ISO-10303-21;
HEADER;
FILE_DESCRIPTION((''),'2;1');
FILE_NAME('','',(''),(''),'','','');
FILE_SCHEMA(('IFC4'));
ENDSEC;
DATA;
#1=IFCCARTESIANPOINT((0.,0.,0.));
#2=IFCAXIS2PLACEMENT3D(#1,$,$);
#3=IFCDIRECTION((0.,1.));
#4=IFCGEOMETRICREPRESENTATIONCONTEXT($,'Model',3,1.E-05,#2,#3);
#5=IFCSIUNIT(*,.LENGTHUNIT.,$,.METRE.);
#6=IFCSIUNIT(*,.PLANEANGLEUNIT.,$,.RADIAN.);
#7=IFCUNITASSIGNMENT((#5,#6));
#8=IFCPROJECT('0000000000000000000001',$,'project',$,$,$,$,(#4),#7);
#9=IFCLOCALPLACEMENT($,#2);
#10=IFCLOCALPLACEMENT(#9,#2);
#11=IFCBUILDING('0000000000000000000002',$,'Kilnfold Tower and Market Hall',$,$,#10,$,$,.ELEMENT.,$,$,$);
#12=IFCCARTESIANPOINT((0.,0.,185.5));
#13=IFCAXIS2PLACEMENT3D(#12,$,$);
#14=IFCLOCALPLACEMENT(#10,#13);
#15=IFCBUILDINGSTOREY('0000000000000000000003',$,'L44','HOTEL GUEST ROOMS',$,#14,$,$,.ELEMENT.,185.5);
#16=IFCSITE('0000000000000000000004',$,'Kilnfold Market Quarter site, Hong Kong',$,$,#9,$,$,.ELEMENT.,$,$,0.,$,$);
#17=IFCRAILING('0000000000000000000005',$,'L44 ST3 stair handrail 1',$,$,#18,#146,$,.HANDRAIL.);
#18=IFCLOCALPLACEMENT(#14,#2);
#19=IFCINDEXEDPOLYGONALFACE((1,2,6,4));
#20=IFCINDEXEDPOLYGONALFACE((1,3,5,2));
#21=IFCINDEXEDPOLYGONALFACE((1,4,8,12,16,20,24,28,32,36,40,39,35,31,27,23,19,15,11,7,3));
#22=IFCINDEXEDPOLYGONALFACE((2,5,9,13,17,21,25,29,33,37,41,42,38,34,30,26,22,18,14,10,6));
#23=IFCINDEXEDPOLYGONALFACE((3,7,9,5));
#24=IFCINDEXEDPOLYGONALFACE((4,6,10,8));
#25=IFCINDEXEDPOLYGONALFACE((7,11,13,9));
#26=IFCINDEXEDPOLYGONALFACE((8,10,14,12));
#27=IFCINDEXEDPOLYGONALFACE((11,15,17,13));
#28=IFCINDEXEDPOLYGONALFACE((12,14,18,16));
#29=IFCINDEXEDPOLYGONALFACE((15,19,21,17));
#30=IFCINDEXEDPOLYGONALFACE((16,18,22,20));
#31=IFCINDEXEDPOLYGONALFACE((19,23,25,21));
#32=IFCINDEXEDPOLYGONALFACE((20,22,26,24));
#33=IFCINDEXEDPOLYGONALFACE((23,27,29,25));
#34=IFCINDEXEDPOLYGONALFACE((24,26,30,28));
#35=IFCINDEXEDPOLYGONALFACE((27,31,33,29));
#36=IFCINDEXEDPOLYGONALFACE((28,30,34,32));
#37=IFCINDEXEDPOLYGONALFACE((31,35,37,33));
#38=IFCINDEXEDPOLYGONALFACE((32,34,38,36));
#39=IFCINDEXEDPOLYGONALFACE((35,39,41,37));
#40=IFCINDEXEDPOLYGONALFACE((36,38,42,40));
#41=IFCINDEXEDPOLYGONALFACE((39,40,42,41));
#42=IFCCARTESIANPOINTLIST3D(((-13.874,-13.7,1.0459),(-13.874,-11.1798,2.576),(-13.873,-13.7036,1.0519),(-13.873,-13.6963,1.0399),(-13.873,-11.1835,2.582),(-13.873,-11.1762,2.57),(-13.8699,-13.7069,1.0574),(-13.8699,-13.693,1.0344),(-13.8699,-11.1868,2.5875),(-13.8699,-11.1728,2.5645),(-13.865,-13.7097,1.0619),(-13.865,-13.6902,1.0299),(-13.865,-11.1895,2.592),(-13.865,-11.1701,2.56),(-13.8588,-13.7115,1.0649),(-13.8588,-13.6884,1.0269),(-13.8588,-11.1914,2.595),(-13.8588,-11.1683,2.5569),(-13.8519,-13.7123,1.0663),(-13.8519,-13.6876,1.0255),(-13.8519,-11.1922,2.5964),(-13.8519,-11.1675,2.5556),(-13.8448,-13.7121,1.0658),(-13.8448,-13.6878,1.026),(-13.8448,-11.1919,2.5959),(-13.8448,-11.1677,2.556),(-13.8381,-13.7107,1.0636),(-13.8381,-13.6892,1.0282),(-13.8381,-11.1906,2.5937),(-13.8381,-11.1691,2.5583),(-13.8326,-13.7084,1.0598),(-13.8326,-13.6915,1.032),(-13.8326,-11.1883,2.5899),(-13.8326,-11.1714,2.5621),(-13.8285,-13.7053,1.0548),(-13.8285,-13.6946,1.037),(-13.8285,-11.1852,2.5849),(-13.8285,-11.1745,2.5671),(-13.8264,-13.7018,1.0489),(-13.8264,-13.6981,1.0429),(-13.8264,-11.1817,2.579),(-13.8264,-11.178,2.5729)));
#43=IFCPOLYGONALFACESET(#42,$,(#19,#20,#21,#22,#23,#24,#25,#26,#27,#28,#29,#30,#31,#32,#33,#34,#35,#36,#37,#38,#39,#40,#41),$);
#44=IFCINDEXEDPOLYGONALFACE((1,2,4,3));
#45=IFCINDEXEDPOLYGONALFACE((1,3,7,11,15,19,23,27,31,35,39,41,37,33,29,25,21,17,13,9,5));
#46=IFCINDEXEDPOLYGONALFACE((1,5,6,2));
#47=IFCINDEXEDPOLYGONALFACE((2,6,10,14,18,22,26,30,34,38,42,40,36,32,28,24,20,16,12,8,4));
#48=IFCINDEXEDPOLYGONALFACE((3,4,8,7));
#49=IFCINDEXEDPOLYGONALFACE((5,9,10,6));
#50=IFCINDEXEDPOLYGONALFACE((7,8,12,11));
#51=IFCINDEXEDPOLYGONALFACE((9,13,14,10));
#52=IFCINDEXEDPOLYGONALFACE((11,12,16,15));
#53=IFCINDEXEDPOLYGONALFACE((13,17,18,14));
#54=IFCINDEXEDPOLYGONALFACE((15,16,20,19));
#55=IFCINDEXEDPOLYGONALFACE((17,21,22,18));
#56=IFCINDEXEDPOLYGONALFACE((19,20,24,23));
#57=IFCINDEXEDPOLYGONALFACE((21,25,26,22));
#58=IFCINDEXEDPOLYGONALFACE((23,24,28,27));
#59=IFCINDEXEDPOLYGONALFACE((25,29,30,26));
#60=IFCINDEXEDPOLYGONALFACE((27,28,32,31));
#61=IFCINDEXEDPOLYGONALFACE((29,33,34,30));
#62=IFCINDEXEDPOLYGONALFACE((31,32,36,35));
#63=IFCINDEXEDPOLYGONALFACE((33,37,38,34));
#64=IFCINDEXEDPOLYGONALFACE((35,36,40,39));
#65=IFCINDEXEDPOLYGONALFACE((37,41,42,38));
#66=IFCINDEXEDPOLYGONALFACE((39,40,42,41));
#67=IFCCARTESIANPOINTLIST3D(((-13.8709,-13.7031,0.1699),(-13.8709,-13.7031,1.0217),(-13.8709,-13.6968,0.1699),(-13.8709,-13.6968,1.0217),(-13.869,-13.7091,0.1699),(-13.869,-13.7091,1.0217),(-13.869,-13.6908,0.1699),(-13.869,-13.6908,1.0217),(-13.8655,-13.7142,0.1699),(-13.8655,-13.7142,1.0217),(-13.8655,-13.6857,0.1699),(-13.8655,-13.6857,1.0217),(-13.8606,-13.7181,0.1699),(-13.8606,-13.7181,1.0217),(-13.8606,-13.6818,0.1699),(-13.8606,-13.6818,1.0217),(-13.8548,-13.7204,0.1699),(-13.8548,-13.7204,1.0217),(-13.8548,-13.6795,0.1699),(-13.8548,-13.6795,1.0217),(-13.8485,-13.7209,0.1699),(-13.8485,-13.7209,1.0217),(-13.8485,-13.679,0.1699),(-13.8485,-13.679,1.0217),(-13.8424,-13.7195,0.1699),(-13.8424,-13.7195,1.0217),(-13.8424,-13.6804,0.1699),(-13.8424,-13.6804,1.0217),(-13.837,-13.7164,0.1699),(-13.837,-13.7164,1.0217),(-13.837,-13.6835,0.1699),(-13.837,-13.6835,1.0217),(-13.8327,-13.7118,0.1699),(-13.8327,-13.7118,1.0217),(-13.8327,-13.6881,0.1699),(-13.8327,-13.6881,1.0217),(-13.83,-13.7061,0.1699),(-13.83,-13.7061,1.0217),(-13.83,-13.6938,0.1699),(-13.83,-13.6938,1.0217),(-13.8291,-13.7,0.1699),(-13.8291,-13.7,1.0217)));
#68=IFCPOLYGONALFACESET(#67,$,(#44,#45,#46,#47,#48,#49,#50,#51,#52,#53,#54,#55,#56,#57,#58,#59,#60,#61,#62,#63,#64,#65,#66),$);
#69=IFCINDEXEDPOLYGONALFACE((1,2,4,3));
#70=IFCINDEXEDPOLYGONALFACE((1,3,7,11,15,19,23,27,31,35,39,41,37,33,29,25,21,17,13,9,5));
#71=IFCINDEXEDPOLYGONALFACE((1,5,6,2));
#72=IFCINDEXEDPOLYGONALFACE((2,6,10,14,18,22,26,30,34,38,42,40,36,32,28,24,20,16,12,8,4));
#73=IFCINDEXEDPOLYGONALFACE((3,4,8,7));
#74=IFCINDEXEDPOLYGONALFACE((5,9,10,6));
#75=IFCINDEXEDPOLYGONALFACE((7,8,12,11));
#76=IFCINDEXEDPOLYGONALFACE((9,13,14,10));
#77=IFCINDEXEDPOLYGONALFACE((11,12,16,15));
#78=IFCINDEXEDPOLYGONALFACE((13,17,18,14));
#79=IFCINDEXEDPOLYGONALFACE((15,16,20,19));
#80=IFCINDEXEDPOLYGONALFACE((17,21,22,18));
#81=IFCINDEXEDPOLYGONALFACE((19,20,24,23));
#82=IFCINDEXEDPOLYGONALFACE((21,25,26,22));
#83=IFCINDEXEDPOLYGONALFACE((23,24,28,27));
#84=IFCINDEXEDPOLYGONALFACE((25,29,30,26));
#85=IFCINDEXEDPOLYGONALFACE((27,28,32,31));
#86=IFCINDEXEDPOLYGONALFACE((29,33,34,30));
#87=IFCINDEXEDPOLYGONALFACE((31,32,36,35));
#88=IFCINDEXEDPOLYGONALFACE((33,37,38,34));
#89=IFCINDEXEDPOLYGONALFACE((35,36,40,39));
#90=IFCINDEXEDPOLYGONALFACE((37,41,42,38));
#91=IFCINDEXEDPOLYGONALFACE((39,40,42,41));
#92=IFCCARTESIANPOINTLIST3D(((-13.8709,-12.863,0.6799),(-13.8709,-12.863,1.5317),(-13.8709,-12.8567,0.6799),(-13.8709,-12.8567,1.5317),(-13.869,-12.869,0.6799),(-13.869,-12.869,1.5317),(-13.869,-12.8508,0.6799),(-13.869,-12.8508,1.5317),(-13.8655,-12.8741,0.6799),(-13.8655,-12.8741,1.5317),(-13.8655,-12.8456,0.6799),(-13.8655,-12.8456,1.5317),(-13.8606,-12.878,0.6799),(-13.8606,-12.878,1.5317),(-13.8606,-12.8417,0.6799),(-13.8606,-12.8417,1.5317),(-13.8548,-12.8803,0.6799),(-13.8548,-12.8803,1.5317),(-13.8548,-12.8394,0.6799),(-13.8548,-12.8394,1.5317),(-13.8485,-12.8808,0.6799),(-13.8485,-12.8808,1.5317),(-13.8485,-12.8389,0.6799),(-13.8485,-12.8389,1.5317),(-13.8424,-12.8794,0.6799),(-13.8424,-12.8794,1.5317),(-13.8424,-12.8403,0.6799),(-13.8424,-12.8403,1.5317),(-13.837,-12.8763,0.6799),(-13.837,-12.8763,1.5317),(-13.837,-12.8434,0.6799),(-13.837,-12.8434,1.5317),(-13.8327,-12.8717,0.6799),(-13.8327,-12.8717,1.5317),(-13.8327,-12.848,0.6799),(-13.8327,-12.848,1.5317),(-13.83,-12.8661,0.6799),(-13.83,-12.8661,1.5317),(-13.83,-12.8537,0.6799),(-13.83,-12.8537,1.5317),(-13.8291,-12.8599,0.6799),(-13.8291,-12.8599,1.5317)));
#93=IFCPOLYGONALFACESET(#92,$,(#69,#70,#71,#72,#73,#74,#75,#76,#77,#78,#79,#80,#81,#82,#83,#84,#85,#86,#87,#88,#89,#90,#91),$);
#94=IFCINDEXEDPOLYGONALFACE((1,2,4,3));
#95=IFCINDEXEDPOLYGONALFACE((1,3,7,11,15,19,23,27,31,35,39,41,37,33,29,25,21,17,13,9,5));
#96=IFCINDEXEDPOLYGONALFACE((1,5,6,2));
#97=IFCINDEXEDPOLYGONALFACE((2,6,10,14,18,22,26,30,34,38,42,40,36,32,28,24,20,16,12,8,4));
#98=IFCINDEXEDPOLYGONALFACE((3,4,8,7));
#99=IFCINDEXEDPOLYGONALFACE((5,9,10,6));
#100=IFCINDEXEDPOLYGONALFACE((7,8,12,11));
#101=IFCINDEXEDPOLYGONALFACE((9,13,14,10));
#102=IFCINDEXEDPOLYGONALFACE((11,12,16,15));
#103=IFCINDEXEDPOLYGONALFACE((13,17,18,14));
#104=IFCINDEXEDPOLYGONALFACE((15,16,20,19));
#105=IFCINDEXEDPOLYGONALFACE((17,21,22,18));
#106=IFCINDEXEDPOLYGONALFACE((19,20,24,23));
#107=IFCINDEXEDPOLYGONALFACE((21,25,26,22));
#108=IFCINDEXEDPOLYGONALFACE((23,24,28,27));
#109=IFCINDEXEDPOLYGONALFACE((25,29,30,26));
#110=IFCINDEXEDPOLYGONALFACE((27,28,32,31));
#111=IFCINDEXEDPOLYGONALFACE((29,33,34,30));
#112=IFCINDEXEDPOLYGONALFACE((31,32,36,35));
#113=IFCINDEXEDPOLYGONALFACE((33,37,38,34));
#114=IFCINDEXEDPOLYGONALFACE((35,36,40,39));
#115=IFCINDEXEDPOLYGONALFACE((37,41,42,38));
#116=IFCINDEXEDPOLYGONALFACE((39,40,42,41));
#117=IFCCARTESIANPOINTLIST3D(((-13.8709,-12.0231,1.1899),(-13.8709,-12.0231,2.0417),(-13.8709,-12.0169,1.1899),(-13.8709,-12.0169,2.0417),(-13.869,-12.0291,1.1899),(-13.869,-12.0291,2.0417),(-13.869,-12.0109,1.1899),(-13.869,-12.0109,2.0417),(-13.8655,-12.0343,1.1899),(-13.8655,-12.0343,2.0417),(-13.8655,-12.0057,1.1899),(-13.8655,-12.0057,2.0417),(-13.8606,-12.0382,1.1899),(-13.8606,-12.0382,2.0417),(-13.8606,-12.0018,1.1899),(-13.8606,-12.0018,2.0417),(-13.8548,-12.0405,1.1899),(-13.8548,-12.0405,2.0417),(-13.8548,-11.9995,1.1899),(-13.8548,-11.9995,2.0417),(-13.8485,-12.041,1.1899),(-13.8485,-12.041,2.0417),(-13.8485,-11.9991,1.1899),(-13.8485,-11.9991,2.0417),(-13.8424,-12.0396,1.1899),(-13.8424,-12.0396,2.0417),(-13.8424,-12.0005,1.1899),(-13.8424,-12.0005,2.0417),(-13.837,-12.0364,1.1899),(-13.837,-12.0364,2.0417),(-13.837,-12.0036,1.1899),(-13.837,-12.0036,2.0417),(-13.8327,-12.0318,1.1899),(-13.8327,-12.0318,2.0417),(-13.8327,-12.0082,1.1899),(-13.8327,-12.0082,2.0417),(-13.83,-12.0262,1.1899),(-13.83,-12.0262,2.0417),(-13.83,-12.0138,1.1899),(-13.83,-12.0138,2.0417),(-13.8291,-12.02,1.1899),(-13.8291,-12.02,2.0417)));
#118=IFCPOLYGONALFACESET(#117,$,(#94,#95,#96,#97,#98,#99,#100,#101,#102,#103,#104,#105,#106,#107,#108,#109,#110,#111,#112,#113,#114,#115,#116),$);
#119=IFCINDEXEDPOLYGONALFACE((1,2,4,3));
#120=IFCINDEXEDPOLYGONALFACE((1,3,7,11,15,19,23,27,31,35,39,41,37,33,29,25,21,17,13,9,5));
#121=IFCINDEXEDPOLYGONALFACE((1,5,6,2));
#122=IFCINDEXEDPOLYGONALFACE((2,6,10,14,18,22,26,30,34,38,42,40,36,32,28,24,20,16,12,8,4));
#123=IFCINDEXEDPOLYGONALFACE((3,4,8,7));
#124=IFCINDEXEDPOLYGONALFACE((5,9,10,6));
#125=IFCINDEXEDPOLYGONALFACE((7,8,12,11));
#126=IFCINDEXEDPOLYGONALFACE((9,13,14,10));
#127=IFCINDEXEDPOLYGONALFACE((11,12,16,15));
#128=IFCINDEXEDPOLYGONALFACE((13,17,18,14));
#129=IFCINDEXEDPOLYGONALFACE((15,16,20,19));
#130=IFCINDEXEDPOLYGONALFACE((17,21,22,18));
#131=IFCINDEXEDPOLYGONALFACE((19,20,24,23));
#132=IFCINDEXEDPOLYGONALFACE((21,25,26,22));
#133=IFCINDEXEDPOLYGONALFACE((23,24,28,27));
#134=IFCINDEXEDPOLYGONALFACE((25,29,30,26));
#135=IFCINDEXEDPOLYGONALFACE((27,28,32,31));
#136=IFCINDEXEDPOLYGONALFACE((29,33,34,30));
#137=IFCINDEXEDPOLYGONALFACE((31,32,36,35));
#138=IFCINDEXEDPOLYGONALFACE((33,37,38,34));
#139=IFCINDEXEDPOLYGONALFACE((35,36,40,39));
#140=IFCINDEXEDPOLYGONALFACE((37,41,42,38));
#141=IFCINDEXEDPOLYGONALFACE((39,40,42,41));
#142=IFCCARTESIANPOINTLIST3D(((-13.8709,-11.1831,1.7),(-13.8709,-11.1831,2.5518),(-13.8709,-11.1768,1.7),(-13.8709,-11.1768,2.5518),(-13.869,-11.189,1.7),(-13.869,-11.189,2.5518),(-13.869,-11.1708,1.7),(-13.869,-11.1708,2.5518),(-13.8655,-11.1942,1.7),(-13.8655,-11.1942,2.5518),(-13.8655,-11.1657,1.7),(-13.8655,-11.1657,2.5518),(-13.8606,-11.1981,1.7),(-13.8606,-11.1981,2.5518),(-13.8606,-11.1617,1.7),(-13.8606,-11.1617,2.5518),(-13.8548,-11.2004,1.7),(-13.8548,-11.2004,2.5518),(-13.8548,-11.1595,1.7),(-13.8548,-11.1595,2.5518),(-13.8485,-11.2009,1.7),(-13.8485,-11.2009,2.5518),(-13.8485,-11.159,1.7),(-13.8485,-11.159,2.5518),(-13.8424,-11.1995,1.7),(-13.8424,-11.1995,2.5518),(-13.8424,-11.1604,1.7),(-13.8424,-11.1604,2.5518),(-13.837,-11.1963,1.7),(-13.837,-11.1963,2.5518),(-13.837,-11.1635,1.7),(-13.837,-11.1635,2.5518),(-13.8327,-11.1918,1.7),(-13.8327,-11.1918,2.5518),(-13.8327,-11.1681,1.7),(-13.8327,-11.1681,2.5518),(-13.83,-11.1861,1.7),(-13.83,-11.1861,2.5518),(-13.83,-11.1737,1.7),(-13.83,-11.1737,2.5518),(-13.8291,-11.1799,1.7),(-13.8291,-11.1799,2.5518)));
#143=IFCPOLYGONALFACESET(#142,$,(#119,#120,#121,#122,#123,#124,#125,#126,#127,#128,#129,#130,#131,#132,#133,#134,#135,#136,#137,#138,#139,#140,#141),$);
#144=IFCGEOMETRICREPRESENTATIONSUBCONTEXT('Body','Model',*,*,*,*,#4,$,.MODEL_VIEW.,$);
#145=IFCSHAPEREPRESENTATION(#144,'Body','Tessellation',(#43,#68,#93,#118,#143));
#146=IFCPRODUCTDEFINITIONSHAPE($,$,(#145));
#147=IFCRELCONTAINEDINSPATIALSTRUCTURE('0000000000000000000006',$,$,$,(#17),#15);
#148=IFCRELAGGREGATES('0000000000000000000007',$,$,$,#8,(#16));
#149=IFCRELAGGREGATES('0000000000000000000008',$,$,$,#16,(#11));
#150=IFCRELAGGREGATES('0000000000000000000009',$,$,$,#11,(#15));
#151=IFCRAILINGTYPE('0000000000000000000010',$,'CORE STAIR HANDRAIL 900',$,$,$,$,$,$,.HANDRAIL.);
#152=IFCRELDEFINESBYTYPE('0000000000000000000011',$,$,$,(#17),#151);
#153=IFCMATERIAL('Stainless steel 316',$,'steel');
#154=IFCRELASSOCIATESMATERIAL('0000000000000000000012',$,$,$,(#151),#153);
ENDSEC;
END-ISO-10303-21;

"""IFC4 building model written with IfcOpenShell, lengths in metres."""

from ifc_helpers import new_model, si_unit, direction, frame, origin, origin_2d, place, context, subcontext, project, spatial, circle, extrude, material, type_object, element, save


model = new_model("IFC4")

# Units and contexts
model_context = context("Model", 3, precision=1e-05, world=origin(), true_north=direction((0.0, 1.0)))
body_context = subcontext(model_context, "Body", "Model", "MODEL_VIEW")
ifc_project = project(units=[si_unit("LENGTHUNIT", "METRE"), si_unit("PLANEANGLEUNIT", "RADIAN")], contexts=[model_context])

# Site, building, storey
site_placement = place(None, origin())
site = spatial("IfcSite", under=ifc_project, at=site_placement, Name="Kilnfold Market Quarter site, Hong Kong", CompositionType="ELEMENT", RefElevation=0.0)
building_placement = place(site_placement, origin())
building = spatial("IfcBuilding", under=site, at=building_placement, Name="Kilnfold Tower and Market Hall", CompositionType="ELEMENT")
storey_placement = place(building_placement, frame((0.0, 0.0, 185.5)))
storey = spatial("IfcBuildingStorey", under=building, at=storey_placement, Name="L44", Description="HOTEL GUEST ROOMS", CompositionType="ELEMENT", Elevation=185.5)

# Railing
ifc_material_1 = material(Name="Stainless steel 316", Category="steel")
railing_type_1 = type_object("IfcRailingType", Name="CORE STAIR HANDRAIL 900", PredefinedType="HANDRAIL", material=ifc_material_1)
railing_1_placement = place(storey_placement, frame((-13.8501, -13.7, 0.1699)))
element("IfcRailing", 1, at=railing_1_placement, inside=storey, type_object=railing_type_1, Name="L44 ST3 stair handrail 1", PredefinedType="HANDRAIL", context=body_context, shape_type="SweptSolid", body=[
    extrude(circle(Radius=0.0239, at=origin_2d()), frame((0.0, 0.0, 0.876), z_axis=(0.0, 0.854785, 0.518982), x_axis=(-1.0, 0.0, 0.0)), (0.0, 0.0, 1.0), 2.9482),
    extrude(circle(Radius=0.021, at=origin_2d()), origin(), (0.0, 0.0, 1.0), 0.8518),
    extrude(circle(Radius=0.021, at=origin_2d()), frame((0.0, 0.8401, 0.51)), (0.0, 0.0, 1.0), 0.8518),
    extrude(circle(Radius=0.021, at=origin_2d()), frame((0.0, 1.6799, 1.02)), (0.0, 0.0, 1.0), 0.8518),
    extrude(circle(Radius=0.021, at=origin_2d()), frame((0.0, 2.52, 1.53)), (0.0, 0.0, 1.0), 0.8518),
])

save(model, "model.ifc")
